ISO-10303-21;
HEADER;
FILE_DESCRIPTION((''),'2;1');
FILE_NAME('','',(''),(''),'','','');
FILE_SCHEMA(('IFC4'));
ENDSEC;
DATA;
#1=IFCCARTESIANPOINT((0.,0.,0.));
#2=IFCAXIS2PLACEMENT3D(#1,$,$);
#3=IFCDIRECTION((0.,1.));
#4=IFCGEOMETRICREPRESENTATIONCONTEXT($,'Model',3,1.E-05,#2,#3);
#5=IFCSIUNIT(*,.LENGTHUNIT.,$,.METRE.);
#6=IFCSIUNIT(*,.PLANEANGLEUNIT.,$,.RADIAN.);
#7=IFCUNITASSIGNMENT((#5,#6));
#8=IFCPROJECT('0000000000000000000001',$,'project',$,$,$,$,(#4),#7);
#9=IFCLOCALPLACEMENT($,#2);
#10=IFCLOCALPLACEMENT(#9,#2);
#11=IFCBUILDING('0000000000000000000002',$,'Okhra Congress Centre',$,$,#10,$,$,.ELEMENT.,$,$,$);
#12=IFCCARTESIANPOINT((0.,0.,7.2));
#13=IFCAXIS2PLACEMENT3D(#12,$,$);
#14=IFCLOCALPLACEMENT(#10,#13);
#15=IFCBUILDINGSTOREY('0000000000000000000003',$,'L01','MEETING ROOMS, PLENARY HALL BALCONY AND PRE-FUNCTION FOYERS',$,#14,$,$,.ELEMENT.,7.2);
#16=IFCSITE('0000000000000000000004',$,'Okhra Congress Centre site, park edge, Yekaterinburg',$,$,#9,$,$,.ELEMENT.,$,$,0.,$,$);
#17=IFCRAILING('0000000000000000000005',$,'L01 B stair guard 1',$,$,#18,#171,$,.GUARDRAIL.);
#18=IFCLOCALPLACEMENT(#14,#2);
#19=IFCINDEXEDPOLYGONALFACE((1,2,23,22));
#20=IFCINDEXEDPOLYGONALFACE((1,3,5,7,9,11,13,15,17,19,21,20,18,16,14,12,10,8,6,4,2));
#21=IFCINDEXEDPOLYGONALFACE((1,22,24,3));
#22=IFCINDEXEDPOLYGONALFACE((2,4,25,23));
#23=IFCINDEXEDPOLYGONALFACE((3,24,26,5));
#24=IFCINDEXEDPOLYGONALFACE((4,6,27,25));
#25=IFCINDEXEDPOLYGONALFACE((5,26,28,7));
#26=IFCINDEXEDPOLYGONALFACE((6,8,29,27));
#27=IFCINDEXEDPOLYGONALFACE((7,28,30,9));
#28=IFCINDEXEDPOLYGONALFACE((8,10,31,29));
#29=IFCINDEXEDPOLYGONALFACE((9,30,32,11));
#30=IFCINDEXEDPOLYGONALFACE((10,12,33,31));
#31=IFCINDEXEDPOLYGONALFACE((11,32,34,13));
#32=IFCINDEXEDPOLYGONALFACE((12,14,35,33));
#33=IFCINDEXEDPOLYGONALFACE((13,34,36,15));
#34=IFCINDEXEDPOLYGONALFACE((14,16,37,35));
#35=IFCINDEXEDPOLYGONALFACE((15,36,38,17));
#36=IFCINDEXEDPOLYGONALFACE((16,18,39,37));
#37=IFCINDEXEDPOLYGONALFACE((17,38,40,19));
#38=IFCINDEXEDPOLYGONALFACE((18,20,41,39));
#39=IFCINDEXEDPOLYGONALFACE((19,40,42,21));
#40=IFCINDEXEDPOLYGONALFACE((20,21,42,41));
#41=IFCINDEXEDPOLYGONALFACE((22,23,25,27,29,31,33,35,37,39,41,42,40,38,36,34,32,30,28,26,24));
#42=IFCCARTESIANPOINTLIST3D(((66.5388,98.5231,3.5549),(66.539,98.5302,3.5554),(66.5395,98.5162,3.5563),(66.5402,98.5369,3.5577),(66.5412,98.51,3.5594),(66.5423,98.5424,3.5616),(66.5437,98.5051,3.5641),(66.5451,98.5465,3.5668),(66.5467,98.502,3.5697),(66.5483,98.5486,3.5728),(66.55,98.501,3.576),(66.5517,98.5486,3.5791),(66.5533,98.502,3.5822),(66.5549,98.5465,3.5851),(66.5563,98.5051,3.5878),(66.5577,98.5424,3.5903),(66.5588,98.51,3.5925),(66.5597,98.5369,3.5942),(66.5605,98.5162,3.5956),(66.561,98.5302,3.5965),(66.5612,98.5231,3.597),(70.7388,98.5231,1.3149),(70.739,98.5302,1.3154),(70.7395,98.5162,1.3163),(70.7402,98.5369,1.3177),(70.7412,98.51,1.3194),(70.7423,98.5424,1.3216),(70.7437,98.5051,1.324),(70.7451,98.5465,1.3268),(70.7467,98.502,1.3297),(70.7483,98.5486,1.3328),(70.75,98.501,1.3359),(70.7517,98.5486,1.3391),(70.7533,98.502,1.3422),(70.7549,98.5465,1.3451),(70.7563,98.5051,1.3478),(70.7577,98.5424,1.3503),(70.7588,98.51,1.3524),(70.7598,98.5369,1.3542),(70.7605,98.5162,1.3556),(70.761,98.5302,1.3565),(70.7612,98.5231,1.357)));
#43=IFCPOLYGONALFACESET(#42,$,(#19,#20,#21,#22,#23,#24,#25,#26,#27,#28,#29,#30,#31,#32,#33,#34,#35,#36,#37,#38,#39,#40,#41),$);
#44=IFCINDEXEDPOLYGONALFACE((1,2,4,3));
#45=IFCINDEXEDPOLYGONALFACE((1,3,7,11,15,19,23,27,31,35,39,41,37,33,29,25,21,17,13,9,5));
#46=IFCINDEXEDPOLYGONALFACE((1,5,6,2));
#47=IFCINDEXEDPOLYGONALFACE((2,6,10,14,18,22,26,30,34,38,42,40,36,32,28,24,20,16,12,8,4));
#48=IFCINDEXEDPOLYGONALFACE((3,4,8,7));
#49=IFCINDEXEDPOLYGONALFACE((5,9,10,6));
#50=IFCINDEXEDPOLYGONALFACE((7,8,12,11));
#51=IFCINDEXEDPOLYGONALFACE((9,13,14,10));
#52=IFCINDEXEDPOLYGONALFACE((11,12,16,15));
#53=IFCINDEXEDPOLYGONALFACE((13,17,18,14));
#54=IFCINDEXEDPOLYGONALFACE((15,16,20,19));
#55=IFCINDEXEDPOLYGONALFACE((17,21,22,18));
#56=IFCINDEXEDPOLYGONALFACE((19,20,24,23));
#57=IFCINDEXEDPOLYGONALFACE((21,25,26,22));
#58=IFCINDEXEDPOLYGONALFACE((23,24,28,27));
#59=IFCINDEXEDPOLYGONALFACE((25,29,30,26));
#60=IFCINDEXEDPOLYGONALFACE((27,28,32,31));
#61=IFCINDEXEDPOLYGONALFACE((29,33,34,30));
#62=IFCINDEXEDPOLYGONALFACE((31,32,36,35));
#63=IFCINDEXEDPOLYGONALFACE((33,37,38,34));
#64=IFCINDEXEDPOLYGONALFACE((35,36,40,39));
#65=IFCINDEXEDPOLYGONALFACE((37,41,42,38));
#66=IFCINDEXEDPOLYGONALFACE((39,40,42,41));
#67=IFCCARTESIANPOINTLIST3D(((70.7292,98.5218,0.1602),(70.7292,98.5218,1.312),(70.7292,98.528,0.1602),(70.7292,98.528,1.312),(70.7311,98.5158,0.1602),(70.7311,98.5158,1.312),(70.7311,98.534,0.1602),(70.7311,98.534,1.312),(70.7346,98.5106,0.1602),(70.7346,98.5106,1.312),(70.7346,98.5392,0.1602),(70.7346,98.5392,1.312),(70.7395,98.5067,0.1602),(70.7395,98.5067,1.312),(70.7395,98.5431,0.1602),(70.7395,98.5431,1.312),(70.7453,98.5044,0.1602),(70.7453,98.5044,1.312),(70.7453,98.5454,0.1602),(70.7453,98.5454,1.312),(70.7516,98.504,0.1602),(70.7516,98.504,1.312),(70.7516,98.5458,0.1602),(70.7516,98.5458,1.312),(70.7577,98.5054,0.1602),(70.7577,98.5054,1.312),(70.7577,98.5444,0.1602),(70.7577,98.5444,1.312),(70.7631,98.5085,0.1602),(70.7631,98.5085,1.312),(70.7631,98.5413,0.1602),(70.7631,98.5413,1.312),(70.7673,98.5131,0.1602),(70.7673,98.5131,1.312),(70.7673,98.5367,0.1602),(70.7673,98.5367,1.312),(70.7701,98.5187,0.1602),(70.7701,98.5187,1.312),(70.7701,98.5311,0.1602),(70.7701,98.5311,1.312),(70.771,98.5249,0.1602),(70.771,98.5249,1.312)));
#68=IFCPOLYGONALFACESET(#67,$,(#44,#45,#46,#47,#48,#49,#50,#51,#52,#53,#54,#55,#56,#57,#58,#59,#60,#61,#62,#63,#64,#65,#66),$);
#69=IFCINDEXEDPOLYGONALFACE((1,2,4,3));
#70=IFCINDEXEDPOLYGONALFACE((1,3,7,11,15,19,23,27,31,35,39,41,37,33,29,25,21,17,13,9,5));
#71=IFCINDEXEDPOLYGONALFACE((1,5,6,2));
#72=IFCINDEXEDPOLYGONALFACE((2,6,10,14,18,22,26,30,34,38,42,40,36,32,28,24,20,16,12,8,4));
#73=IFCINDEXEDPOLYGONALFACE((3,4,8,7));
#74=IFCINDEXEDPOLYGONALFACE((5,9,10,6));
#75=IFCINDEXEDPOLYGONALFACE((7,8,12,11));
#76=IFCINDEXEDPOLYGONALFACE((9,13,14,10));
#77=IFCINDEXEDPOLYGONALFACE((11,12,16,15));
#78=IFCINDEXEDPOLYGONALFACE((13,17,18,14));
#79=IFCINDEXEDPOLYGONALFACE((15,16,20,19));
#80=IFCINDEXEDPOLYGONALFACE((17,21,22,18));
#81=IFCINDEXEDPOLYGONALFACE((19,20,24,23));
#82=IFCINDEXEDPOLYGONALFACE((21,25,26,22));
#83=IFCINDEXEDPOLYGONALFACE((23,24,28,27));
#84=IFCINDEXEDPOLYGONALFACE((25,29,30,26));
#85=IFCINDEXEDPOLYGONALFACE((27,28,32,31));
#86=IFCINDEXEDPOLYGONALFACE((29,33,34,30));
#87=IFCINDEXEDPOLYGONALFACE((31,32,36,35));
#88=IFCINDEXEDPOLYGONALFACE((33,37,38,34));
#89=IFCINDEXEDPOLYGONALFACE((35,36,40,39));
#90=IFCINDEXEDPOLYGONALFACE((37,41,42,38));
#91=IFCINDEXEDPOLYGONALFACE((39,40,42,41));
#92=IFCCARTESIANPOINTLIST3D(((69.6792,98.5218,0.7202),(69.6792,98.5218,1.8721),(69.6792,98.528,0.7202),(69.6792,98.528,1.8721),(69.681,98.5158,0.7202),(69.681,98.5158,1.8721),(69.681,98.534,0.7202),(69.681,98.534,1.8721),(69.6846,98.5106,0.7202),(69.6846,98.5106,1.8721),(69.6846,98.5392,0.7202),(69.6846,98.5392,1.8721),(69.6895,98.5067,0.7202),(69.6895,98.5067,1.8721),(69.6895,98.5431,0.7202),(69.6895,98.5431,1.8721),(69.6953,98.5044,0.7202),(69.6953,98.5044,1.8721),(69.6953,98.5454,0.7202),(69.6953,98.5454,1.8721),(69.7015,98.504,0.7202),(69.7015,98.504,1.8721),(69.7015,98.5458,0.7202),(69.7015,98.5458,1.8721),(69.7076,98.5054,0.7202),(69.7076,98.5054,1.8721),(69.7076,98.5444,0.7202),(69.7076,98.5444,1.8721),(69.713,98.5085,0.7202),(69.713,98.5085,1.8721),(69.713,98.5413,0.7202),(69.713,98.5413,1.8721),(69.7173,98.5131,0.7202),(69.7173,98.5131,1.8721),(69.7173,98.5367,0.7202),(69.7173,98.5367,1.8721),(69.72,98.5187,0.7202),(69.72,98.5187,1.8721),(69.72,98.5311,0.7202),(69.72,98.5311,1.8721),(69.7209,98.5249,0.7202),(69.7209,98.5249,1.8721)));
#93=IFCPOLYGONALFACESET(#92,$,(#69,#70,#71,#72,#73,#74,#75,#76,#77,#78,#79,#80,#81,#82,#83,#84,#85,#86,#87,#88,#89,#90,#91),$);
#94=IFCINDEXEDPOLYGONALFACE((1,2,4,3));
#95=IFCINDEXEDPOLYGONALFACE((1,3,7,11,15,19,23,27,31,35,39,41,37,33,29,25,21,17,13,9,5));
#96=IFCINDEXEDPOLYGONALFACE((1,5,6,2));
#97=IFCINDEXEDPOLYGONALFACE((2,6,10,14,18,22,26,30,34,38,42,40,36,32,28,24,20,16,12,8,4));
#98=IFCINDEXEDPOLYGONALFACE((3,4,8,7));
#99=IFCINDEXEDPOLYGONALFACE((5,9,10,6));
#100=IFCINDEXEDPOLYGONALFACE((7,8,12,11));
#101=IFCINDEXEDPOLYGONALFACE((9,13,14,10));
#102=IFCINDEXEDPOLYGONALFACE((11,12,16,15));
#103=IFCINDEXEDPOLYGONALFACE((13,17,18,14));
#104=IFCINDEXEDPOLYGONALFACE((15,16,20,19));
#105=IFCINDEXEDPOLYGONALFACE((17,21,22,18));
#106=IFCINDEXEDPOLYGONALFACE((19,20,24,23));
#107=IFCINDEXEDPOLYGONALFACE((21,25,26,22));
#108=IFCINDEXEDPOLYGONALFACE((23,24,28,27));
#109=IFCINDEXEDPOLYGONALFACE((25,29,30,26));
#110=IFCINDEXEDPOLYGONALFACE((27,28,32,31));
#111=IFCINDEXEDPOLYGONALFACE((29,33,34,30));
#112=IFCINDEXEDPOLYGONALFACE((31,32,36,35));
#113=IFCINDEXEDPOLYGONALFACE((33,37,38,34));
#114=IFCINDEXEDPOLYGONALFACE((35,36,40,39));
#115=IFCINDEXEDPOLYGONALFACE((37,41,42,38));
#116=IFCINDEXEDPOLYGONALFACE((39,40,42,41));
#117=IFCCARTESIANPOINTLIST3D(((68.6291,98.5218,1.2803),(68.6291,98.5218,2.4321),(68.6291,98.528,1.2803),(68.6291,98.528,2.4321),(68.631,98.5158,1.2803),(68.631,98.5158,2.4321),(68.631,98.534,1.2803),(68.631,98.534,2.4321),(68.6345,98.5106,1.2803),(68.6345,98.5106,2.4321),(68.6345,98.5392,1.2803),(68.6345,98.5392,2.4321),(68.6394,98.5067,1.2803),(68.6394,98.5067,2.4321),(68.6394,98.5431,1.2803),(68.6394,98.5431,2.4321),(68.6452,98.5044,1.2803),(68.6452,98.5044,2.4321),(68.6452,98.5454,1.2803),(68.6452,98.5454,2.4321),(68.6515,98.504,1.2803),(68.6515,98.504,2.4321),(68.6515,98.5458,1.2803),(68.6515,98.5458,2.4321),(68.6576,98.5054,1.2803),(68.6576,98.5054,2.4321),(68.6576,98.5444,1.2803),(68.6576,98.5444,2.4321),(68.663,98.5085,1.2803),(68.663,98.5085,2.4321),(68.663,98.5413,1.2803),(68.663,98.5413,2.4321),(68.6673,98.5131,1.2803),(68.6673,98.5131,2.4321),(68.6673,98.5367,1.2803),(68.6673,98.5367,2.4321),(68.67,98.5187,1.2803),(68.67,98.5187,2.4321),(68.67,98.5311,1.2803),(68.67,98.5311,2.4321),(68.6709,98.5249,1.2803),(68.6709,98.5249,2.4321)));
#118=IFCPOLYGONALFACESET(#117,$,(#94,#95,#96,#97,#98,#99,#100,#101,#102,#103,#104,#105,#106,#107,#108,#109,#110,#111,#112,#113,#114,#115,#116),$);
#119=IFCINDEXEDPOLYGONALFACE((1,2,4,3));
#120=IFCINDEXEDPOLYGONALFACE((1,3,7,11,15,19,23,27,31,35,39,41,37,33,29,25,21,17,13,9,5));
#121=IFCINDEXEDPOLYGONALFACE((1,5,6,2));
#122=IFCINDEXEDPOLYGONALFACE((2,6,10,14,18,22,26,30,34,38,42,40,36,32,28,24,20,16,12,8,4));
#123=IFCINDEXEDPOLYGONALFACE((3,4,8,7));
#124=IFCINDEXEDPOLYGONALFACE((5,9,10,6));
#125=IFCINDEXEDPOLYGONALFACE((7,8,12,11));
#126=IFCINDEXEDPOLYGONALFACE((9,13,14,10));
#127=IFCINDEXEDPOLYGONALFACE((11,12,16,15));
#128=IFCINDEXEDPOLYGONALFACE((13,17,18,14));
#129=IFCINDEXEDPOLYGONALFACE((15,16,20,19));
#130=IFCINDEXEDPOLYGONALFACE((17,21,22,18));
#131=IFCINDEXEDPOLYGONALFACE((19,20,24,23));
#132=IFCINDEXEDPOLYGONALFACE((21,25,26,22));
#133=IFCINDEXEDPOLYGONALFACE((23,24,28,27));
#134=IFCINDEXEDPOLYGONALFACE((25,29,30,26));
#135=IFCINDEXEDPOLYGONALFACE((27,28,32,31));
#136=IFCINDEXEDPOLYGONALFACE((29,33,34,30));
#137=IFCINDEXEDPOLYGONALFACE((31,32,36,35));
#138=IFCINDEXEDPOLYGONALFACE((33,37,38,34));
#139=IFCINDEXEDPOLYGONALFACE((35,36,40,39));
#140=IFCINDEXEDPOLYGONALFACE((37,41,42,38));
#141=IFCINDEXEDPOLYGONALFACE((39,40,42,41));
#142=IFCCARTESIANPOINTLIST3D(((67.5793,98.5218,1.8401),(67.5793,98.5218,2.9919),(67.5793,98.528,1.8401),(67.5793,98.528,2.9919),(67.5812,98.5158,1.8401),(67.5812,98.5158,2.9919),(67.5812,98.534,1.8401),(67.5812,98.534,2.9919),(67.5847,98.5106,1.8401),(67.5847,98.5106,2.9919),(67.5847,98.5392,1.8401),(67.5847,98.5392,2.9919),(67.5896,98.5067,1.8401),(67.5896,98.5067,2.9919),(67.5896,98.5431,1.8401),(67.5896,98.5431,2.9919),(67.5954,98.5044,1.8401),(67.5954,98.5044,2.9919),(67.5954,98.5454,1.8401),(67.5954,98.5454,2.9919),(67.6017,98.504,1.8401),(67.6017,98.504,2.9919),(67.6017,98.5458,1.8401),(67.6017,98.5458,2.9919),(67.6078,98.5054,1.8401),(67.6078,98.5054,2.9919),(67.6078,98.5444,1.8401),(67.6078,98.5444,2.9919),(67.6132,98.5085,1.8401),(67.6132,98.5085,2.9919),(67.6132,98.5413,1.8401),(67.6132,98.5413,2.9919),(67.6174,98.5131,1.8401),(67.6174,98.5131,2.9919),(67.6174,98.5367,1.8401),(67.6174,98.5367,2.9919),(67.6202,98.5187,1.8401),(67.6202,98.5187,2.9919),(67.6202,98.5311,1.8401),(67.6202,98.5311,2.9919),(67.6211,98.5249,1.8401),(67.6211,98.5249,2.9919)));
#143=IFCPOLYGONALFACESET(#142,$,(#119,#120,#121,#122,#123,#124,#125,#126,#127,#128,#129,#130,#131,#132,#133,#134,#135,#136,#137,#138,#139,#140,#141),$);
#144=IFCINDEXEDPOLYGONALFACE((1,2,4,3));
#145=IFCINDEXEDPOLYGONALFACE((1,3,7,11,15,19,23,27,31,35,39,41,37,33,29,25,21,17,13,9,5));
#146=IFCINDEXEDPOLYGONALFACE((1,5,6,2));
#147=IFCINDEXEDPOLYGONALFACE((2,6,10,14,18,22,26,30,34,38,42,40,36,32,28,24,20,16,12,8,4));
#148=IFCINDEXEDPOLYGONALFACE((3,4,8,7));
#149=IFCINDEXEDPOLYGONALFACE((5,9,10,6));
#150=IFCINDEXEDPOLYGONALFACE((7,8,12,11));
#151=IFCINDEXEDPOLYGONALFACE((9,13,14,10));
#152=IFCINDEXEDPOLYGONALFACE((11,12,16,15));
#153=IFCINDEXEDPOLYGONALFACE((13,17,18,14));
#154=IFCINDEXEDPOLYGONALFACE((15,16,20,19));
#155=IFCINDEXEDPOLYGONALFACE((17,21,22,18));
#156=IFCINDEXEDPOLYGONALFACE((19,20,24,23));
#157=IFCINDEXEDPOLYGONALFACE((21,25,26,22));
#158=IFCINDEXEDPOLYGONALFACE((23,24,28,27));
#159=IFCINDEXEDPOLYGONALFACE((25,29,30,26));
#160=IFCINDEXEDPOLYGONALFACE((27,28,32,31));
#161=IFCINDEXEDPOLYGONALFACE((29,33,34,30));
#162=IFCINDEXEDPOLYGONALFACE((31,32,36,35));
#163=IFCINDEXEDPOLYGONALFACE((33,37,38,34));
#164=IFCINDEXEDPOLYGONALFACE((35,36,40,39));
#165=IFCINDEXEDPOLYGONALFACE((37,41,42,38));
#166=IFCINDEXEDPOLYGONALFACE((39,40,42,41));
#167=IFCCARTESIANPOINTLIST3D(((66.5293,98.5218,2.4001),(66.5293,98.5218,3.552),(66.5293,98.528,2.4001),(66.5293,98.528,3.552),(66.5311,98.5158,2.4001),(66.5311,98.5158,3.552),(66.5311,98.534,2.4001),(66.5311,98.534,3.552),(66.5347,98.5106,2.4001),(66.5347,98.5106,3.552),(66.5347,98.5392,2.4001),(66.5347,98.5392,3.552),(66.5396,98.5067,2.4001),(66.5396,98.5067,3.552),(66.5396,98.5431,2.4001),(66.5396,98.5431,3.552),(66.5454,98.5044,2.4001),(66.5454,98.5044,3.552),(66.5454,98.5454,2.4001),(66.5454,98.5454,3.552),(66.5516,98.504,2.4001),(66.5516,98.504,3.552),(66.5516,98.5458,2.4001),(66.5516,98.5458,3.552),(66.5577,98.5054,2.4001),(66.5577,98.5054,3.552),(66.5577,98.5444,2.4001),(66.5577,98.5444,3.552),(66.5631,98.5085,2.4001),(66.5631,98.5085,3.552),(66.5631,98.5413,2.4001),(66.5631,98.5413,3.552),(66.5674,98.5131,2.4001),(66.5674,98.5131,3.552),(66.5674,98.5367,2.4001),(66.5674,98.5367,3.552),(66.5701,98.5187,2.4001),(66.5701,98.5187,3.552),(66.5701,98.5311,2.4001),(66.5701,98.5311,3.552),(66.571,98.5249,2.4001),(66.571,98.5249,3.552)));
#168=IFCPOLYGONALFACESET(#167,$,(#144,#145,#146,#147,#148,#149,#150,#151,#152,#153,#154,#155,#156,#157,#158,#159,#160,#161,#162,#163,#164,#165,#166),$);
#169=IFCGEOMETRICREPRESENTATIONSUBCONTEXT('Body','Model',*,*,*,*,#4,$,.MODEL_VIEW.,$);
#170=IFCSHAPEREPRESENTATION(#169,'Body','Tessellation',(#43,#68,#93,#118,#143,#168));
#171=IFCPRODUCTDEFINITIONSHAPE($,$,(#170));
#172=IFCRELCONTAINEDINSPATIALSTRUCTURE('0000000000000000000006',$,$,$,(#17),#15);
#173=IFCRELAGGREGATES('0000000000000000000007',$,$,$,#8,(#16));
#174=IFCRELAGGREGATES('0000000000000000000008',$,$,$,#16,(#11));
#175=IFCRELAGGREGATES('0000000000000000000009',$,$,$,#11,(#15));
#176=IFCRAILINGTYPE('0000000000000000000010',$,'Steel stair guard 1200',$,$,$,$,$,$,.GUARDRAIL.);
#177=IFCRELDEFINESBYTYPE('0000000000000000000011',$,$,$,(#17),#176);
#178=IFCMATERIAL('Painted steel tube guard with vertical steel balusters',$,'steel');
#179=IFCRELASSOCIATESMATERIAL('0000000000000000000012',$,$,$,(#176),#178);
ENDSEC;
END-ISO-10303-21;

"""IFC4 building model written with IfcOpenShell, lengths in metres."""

from ifc_helpers import new_model, si_unit, direction, frame, origin, origin_2d, place, context, subcontext, project, spatial, circle, extrude, material, type_object, element, save


model = new_model("IFC4")

# Units and contexts
model_context = context("Model", 3, precision=1e-05, world=origin(), true_north=direction((0.0, 1.0)))
body_context = subcontext(model_context, "Body", "Model", "MODEL_VIEW")
ifc_project = project(units=[si_unit("LENGTHUNIT", "METRE"), si_unit("PLANEANGLEUNIT", "RADIAN")], contexts=[model_context])

# Site, building, storey
site_placement = place(None, origin())
site = spatial("IfcSite", under=ifc_project, at=site_placement, Name="Okhra Congress Centre site, park edge, Yekaterinburg", CompositionType="ELEMENT", RefElevation=0.0)
building_placement = place(site_placement, origin())
building = spatial("IfcBuilding", under=site, at=building_placement, Name="Okhra Congress Centre", CompositionType="ELEMENT")
storey_placement = place(building_placement, frame((0.0, 0.0, 7.2)))
storey = spatial("IfcBuildingStorey", under=building, at=storey_placement, Name="L01", Description="MEETING ROOMS, PLENARY HALL BALCONY AND PRE-FUNCTION FOYERS", CompositionType="ELEMENT", Elevation=7.2)

# Railing
ifc_material_1 = material(Name="Painted steel tube guard with vertical steel balusters", Category="steel")
railing_type_1 = type_object("IfcRailingType", Name="Steel stair guard 1200", PredefinedType="GUARDRAIL", material=ifc_material_1)
railing_1_placement = place(storey_placement, frame((70.75, 98.5249, 0.1602)))
element("IfcRailing", 1, at=railing_1_placement, inside=storey, type_object=railing_type_1, Name="L01 B stair guard 1", PredefinedType="GUARDRAIL", context=body_context, shape_type="SweptSolid", body=[
    extrude(circle(Radius=0.0239, at=origin_2d()), frame((0.0, 0.0, 1.1758), z_axis=(-0.882352, 0.0, 0.470591), x_axis=(0.0, -1.0, 0.0)), (0.0, 0.0, 1.0), 4.76),
    extrude(circle(Radius=0.021, at=origin_2d()), origin(), (0.0, 0.0, 1.0), 1.1519),
    extrude(circle(Radius=0.021, at=origin_2d()), frame((-1.05, 0.0, 0.5601)), (0.0, 0.0, 1.0), 1.1519),
    extrude(circle(Radius=0.021, at=origin_2d()), frame((-2.1001, 0.0, 1.1201)), (0.0, 0.0, 1.0), 1.1519),
    extrude(circle(Radius=0.021, at=origin_2d()), frame((-3.1499, 0.0, 1.6799)), (0.0, 0.0, 1.0), 1.1519),
    extrude(circle(Radius=0.021, at=origin_2d()), frame((-4.2, 0.0, 2.24)), (0.0, 0.0, 1.0), 1.1519),
])

save(model, "model.ifc")
